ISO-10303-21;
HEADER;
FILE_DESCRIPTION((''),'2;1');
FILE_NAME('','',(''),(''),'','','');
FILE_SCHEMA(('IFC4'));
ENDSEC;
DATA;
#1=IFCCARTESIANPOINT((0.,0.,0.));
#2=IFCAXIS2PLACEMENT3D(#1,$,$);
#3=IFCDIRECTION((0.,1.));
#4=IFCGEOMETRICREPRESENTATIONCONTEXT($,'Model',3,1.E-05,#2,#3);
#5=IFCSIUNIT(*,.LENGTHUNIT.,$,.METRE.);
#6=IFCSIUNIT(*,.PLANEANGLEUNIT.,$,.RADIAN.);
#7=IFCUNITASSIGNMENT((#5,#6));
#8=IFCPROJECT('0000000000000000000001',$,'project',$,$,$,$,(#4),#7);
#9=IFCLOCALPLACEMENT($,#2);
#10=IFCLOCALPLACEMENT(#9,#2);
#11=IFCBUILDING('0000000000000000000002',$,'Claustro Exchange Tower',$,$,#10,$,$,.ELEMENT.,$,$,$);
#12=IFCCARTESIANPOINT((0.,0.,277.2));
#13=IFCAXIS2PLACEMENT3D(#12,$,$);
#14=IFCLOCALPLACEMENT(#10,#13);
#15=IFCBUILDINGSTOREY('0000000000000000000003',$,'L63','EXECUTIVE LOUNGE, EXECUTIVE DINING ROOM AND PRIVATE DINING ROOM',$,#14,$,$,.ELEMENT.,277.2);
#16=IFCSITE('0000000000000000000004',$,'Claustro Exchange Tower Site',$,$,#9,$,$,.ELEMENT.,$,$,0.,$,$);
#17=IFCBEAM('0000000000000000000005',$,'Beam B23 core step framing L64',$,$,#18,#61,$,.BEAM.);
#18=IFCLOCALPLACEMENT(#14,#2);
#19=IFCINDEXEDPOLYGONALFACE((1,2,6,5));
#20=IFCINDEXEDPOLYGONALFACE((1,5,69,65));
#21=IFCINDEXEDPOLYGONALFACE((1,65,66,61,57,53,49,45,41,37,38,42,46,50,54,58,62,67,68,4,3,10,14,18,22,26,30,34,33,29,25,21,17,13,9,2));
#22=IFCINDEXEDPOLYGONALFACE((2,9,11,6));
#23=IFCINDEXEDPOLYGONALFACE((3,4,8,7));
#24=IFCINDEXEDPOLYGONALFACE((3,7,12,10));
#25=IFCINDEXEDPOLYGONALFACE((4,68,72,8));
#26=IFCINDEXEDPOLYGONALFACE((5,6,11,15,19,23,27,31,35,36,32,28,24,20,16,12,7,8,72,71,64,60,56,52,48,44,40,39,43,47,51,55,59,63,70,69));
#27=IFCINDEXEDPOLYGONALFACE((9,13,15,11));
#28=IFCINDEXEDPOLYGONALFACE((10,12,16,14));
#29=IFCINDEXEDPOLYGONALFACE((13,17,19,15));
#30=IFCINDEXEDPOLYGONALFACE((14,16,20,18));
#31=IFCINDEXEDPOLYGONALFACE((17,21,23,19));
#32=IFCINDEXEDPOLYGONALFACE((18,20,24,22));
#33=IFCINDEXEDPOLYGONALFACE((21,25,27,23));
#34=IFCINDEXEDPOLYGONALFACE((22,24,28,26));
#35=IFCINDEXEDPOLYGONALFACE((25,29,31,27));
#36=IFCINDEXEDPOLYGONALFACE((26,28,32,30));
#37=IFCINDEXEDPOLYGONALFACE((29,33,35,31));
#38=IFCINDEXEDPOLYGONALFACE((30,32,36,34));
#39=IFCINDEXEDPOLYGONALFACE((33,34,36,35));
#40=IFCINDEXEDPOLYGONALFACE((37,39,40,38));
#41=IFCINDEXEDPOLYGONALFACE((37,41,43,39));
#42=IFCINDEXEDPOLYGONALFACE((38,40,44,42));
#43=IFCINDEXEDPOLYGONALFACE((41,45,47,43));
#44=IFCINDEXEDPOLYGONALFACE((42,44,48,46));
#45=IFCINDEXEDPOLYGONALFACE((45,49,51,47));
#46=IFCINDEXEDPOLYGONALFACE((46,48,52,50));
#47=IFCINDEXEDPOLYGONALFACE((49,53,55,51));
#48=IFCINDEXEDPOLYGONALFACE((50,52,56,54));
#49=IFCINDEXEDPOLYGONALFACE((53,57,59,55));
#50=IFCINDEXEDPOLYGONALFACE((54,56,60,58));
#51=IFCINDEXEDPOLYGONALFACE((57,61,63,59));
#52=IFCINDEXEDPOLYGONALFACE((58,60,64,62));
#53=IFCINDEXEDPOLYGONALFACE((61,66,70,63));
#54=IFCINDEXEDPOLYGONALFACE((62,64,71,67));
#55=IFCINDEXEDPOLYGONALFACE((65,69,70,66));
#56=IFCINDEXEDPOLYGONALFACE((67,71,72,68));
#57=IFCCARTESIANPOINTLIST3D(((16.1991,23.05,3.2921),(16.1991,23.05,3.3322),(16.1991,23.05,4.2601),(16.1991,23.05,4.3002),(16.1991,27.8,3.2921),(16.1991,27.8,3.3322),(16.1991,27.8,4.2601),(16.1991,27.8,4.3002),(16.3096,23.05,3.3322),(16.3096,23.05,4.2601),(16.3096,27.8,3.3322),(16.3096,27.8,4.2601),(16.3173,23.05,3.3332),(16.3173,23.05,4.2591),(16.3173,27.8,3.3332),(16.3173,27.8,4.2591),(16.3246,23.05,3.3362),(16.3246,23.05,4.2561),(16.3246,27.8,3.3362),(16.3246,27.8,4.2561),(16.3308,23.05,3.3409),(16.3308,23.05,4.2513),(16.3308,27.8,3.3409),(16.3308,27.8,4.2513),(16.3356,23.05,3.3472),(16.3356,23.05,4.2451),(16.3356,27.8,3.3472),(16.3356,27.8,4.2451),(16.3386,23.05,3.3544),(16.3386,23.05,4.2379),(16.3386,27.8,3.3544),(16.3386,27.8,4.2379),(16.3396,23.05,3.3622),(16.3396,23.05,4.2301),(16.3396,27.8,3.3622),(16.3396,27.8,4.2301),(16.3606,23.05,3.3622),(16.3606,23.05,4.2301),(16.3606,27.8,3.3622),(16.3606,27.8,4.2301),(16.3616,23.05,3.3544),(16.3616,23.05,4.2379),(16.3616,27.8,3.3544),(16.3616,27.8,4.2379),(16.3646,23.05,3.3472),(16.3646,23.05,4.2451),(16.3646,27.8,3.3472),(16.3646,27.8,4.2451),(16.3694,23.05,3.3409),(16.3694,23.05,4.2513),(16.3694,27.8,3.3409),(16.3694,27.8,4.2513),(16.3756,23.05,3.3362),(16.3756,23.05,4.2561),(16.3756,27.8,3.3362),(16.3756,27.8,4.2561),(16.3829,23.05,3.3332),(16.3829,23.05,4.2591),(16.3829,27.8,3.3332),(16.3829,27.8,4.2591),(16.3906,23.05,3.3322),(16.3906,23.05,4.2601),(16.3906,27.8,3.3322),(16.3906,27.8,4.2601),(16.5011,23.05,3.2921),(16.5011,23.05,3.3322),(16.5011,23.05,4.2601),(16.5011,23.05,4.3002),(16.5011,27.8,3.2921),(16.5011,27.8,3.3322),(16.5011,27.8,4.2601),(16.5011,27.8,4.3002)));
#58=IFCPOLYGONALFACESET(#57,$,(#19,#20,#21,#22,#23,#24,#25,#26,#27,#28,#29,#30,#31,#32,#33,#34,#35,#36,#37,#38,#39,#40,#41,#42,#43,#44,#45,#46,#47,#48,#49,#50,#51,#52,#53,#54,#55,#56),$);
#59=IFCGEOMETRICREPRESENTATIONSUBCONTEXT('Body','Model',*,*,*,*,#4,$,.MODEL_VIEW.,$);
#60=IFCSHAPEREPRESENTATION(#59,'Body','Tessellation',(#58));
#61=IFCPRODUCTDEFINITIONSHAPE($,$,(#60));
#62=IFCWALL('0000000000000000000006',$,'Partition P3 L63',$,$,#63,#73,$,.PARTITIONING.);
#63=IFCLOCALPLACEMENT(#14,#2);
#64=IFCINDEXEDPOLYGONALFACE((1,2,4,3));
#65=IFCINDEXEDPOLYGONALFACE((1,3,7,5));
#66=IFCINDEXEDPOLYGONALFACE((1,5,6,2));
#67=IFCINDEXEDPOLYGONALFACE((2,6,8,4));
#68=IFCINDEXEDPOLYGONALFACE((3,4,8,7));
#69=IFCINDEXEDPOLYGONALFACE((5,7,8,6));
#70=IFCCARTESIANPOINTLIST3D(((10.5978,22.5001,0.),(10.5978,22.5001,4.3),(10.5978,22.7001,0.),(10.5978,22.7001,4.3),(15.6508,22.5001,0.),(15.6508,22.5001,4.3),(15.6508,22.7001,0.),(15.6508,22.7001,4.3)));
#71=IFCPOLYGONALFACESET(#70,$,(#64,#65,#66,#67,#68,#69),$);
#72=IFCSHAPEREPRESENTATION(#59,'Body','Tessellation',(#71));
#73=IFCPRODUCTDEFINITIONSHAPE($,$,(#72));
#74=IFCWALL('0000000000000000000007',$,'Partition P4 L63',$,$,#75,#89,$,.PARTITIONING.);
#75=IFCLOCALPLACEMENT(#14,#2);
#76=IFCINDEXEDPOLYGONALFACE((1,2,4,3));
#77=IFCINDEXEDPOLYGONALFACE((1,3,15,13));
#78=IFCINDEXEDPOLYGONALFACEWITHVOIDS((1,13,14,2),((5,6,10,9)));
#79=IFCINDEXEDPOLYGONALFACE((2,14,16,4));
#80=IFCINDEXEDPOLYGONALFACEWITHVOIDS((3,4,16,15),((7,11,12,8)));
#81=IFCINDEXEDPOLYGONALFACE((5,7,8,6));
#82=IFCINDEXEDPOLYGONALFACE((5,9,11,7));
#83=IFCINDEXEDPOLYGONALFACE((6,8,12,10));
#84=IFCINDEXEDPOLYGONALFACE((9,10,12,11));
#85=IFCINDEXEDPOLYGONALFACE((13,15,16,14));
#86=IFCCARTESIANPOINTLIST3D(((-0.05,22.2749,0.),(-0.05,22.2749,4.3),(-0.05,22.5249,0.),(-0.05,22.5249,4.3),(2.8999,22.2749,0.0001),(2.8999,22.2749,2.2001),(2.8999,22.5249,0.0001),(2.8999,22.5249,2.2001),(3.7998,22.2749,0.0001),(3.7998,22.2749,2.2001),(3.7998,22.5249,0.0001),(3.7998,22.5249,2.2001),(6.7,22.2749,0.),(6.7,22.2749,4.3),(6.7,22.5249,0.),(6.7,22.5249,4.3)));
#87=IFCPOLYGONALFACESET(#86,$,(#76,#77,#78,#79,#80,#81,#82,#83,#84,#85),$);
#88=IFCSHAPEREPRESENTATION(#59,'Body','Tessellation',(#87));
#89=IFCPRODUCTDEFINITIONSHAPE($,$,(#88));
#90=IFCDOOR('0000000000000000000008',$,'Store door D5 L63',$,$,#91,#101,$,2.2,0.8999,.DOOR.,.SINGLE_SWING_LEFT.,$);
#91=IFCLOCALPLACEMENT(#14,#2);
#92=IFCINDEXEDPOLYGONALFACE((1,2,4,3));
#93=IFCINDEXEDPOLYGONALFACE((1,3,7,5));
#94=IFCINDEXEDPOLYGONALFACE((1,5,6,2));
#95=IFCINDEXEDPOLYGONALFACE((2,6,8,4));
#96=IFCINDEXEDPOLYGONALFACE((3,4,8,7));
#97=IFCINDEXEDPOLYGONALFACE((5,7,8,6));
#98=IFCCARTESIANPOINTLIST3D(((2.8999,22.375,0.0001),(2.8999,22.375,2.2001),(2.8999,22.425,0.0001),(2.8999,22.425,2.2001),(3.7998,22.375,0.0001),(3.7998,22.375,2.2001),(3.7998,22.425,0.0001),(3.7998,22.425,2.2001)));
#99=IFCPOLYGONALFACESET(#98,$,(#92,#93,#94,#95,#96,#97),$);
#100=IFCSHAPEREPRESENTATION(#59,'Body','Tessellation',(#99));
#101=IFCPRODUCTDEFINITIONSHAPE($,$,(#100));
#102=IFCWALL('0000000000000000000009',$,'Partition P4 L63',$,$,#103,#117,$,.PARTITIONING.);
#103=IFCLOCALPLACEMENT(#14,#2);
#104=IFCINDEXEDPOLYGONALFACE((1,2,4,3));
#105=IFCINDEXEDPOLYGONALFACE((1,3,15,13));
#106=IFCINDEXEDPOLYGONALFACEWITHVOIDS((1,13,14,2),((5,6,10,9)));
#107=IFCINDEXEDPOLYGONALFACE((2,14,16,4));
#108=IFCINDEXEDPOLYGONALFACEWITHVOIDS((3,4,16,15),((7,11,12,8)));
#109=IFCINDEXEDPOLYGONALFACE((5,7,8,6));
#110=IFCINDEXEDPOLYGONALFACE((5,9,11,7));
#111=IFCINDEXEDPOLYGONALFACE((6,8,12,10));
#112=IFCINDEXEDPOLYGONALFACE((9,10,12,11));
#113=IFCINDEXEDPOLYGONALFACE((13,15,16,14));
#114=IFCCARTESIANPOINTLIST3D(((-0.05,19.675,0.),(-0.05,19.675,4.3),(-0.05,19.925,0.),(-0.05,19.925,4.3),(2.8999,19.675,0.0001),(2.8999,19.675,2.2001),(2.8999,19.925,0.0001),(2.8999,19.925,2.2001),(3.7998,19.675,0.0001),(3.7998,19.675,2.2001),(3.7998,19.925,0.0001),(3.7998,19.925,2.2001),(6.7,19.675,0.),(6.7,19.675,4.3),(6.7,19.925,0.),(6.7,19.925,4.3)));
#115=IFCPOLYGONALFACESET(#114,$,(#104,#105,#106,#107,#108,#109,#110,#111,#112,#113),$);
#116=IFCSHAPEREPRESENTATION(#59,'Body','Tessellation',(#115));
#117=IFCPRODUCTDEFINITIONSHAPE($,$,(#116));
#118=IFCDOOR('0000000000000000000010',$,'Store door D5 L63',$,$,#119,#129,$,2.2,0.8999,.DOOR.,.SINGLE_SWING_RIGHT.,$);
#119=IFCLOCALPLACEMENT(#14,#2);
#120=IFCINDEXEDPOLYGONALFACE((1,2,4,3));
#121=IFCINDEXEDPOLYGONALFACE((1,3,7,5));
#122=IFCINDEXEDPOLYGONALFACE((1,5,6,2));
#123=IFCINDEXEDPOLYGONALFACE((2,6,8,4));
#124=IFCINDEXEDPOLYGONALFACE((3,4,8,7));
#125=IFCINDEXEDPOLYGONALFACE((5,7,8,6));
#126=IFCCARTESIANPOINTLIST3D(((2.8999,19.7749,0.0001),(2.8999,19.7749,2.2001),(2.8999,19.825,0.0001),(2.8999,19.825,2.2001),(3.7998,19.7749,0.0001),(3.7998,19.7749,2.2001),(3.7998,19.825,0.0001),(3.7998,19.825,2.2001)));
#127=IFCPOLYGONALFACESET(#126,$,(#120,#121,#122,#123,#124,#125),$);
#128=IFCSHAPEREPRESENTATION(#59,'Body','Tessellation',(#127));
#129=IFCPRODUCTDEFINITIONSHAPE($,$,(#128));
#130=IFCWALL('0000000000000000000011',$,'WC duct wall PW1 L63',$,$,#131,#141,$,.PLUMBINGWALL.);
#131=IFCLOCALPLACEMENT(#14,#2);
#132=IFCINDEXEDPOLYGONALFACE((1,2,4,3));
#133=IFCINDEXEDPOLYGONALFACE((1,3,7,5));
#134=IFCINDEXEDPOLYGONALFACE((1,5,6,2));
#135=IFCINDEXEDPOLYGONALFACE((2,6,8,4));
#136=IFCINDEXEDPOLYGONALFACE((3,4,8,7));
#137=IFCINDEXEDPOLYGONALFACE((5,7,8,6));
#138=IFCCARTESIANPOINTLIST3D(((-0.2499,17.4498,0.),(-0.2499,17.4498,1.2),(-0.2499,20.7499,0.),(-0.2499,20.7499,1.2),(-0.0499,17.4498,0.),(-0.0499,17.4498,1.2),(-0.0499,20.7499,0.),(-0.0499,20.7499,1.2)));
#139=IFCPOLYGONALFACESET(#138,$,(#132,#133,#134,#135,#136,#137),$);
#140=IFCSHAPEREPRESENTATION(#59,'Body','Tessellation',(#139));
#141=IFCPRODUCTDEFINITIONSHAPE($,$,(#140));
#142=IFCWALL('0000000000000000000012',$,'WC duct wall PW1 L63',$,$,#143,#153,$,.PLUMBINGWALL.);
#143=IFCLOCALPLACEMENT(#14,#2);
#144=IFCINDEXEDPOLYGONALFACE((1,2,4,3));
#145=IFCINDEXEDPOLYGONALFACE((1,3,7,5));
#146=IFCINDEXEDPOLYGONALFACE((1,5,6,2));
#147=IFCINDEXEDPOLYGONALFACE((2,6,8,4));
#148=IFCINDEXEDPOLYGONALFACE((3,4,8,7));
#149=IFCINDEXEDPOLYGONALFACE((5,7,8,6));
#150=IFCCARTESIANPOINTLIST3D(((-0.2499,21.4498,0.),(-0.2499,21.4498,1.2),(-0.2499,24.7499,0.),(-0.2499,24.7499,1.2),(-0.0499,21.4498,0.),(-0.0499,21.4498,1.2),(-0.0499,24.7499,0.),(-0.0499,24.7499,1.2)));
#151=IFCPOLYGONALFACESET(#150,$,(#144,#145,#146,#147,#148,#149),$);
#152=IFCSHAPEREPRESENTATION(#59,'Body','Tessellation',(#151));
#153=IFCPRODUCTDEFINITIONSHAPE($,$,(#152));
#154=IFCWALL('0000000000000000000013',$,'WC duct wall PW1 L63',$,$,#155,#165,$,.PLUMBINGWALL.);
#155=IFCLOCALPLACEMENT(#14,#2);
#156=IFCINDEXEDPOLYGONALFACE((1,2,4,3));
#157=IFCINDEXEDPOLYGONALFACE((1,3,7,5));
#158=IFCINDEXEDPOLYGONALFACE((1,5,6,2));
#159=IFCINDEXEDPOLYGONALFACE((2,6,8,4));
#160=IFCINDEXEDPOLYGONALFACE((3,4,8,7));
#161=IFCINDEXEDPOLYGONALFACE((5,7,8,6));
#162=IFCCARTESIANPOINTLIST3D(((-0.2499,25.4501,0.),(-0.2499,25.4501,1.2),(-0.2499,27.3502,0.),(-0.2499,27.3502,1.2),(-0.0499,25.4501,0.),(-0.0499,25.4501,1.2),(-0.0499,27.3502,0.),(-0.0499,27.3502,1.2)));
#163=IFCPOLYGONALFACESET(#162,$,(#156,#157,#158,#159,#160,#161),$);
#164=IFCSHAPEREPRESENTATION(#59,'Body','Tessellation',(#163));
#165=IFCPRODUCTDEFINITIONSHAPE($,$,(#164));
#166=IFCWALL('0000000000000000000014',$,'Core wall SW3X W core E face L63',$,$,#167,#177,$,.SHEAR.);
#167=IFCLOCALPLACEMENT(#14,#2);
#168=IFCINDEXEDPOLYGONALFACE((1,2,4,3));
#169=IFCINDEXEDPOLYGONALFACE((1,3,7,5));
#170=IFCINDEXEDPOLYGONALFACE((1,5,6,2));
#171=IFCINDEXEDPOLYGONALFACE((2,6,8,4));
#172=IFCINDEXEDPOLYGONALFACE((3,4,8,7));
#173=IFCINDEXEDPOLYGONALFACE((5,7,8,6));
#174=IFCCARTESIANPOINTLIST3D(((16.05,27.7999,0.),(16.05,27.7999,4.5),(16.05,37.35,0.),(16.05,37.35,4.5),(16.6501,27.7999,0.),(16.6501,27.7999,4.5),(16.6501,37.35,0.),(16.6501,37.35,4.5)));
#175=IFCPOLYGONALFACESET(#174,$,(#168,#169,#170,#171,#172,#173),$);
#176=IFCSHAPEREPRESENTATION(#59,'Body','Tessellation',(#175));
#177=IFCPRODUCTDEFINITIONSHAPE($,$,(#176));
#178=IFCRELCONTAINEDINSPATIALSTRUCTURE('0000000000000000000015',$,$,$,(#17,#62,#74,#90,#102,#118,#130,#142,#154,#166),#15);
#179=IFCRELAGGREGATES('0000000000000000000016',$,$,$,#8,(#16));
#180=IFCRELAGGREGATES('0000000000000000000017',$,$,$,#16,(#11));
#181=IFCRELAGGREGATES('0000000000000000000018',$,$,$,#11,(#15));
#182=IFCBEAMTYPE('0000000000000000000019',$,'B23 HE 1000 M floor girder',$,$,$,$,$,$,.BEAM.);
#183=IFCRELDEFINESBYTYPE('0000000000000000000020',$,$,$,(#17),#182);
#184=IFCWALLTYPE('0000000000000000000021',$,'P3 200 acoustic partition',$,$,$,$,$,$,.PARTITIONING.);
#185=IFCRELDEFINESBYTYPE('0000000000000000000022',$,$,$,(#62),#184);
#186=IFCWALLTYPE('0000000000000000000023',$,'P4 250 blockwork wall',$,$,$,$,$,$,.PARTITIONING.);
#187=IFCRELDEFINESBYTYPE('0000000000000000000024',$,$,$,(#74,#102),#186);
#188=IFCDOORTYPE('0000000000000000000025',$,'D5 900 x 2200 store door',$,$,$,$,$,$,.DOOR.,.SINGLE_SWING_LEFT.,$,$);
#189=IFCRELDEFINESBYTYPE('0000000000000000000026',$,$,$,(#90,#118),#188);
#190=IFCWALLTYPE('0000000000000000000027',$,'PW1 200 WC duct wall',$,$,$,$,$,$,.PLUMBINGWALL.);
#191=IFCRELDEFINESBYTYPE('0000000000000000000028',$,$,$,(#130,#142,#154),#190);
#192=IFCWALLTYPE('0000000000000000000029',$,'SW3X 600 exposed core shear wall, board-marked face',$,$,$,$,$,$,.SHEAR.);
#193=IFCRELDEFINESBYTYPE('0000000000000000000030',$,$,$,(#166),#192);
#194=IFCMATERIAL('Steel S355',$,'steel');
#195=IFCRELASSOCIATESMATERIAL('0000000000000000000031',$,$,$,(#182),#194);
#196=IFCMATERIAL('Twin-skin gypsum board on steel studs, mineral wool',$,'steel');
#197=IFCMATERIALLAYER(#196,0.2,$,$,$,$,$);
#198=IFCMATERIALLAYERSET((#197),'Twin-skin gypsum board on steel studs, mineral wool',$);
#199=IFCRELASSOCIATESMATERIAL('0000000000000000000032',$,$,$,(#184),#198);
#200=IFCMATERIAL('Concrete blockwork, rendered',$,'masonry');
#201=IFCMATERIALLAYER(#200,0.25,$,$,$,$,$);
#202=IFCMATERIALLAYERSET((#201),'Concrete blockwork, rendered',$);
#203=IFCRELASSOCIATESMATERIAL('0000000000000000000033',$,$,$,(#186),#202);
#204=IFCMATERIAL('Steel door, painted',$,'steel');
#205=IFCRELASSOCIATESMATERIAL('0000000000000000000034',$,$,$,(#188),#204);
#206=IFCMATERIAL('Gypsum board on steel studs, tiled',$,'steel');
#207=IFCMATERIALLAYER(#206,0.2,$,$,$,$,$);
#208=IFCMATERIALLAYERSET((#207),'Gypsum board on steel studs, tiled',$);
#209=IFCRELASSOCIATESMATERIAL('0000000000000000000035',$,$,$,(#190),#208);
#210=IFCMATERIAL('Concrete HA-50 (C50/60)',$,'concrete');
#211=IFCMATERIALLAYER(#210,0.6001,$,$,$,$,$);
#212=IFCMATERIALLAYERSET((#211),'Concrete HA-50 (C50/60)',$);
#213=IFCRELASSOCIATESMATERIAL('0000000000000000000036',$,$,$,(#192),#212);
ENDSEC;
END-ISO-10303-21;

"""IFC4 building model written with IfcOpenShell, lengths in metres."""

from ifc_helpers import new_model, si_unit, direction, frame, frame_2d, origin, origin_2d, place, context, subcontext, project, spatial, rectangle, i_section, extrude, material, layer, layer_set, material_profile, profile_set, type_object, element, fill, save


model = new_model("IFC4")

# Units and contexts
model_context = context("Model", 3, precision=1e-05, world=origin(), true_north=direction((0.0, 1.0)))
body_context = subcontext(model_context, "Body", "Model", "MODEL_VIEW")
ifc_project = project(units=[si_unit("LENGTHUNIT", "METRE"), si_unit("PLANEANGLEUNIT", "RADIAN")], contexts=[model_context])

# Site, building, storey
site_placement = place(None, origin())
site = spatial("IfcSite", under=ifc_project, at=site_placement, Name="Claustro Exchange Tower Site", CompositionType="ELEMENT", RefElevation=0.0)
building_placement = place(site_placement, origin())
building = spatial("IfcBuilding", under=site, at=building_placement, Name="Claustro Exchange Tower", CompositionType="ELEMENT")
storey_placement = place(building_placement, frame((0.0, 0.0, 277.2)))
storey = spatial("IfcBuildingStorey", under=building, at=storey_placement, Name="L63", Description="EXECUTIVE LOUNGE, EXECUTIVE DINING ROOM AND PRIVATE DINING ROOM", CompositionType="ELEMENT", Elevation=277.2)

# Beam
ifc_material_1 = material(Name="Steel S355", Category="steel")
ifc_material_profile_1 = material_profile(ifc_material_1, i_section(OverallWidth=0.302, OverallDepth=1.0081, WebThickness=0.021, FlangeThickness=0.04, FilletRadius=0.03, at=origin_2d()), Name="HE 1000 M")
ifc_profile_set_1 = profile_set([ifc_material_profile_1], Name="Steel S355")
beam_type_1 = type_object("IfcBeamType", Name="B23 HE 1000 M floor girder", PredefinedType="BEAM", material=ifc_profile_set_1)
beam_1_placement = place(storey_placement, frame((16.3501, 23.05, 3.7961), z_axis=(0.0, 1.0, 0.0), x_axis=(-1.0, 0.0, 0.0)))
element("IfcBeam", 1, at=beam_1_placement, inside=storey, type_object=beam_type_1, Name="Beam B23 core step framing L64", PredefinedType="BEAM", context=body_context, shape_type="SweptSolid", body=[
    extrude(i_section(OverallWidth=0.302, OverallDepth=1.0081, WebThickness=0.021, FlangeThickness=0.04, FilletRadius=0.03, at=origin_2d()), origin(), (0.0, 0.0, 1.0), 4.75),
])

# Wall
ifc_material_2 = material(Name="Twin-skin gypsum board on steel studs, mineral wool", Category="steel")
ifc_layer_1 = layer(ifc_material_2, 0.2)
ifc_layer_set_1 = layer_set([ifc_layer_1], Name="Twin-skin gypsum board on steel studs, mineral wool")
wall_type_1 = type_object("IfcWallType", Name="P3 200 acoustic partition", PredefinedType="PARTITIONING", material=ifc_layer_set_1)
wall_1_placement = place(storey_placement, frame((10.5979, 22.6001, 0.0), z_axis=(0.0, 0.0, 1.0), x_axis=(1.0, 0.0, 0.0)))
element("IfcWall", 2, at=wall_1_placement, inside=storey, type_object=wall_type_1, Name="Partition P3 L63", PredefinedType="PARTITIONING", context=body_context, shape_type="SweptSolid", body=[
    extrude(rectangle(XDim=5.053, YDim=0.2, at=frame_2d((2.5264, 0.0))), origin(), (0.0, 0.0, 1.0), 4.3),
])

# Walls, openings, doors
ifc_material_3 = material(Name="Concrete blockwork, rendered", Category="masonry")
ifc_layer_2 = layer(ifc_material_3, 0.25)
ifc_layer_set_2 = layer_set([ifc_layer_2], Name="Concrete blockwork, rendered")
wall_type_2 = type_object("IfcWallType", Name="P4 250 blockwork wall", PredefinedType="PARTITIONING", material=ifc_layer_set_2)
wall_2_placement = place(storey_placement, frame((-0.05, 22.3999, 0.0), z_axis=(0.0, 0.0, 1.0), x_axis=(1.0, 0.0, 0.0)))
wall_2 = element("IfcWall", 3, at=wall_2_placement, inside=storey, type_object=wall_type_2, Name="Partition P4 L63", PredefinedType="PARTITIONING", context=body_context, shape_type="SweptSolid", body=[
    extrude(rectangle(XDim=6.75, YDim=0.25, at=frame_2d((3.375, 0.0))), origin(), (0.0, 0.0, 1.0), 4.3),
])
opening_1_placement = place(wall_2_placement, frame((2.95, 0.0, 0.0)))
opening_1 = element("IfcOpeningElement", 4, at=opening_1_placement, cuts=wall_2, PredefinedType="OPENING", context=body_context, shape_type="SweptSolid", body=[
    extrude(rectangle(XDim=0.8999, YDim=2.2, at=frame_2d((0.45, 1.1001))), frame((0.0, 0.135, 0.0), z_axis=(0.0, -1.0, 0.0), x_axis=(1.0, 0.0, 0.0)), (0.0, 0.0, 1.0), 0.27),
])
ifc_material_4 = material(Name="Steel door, painted", Category="steel")
door_type = type_object("IfcDoorType", Name="D5 900 x 2200 store door", OperationType="SINGLE_SWING_LEFT", PredefinedType="DOOR", material=ifc_material_4)
door_1_placement = place(opening_1_placement, frame((0.8999, 0.0, 0.0), z_axis=(0.0, 0.0, 1.0), x_axis=(-1.0, 0.0, 0.0)))
door_1 = element("IfcDoor", 5, at=door_1_placement, inside=storey, type_object=door_type, Name="Store door D5 L63", OperationType="SINGLE_SWING_LEFT", OverallHeight=2.2, OverallWidth=0.8999, PredefinedType="DOOR", context=body_context, shape_type="SweptSolid", body=[
    extrude(rectangle(XDim=0.8999, YDim=2.2, at=frame_2d((0.45, 1.1001))), frame((0.0, 0.0249, 0.0), z_axis=(0.0, -1.0, 0.0), x_axis=(1.0, 0.0, 0.0)), (0.0, 0.0, 1.0), 0.05),
])
fill(opening_1, door_1)
wall_3_placement = place(storey_placement, frame((-0.05, 19.8, 0.0), z_axis=(0.0, 0.0, 1.0), x_axis=(1.0, 0.0, 0.0)))
wall_3 = element("IfcWall", 6, at=wall_3_placement, inside=storey, type_object=wall_type_2, Name="Partition P4 L63", PredefinedType="PARTITIONING", context=body_context, shape_type="SweptSolid", body=[
    extrude(rectangle(XDim=6.75, YDim=0.25, at=frame_2d((3.375, 0.0))), origin(), (0.0, 0.0, 1.0), 4.3),
])
opening_2_placement = place(wall_3_placement, frame((2.95, 0.0, 0.0)))
opening_2 = element("IfcOpeningElement", 7, at=opening_2_placement, cuts=wall_3, PredefinedType="OPENING", context=body_context, shape_type="SweptSolid", body=[
    extrude(rectangle(XDim=0.8999, YDim=2.2, at=frame_2d((0.45, 1.1001))), frame((0.0, 0.135, 0.0), z_axis=(0.0, -1.0, 0.0), x_axis=(1.0, 0.0, 0.0)), (0.0, 0.0, 1.0), 0.27),
])
door_2_placement = place(opening_2_placement, origin())
door_2 = element("IfcDoor", 8, at=door_2_placement, inside=storey, type_object=door_type, Name="Store door D5 L63", OperationType="SINGLE_SWING_RIGHT", OverallHeight=2.2, OverallWidth=0.8999, PredefinedType="DOOR", context=body_context, shape_type="SweptSolid", body=[
    extrude(rectangle(XDim=0.8999, YDim=2.2, at=frame_2d((0.45, 1.1001))), frame((0.0, 0.0249, 0.0), z_axis=(0.0, -1.0, 0.0), x_axis=(1.0, 0.0, 0.0)), (0.0, 0.0, 1.0), 0.05),
])
fill(opening_2, door_2)

# Walls
ifc_material_5 = material(Name="Gypsum board on steel studs, tiled", Category="steel")
ifc_layer_3 = layer(ifc_material_5, 0.2)
ifc_layer_set_3 = layer_set([ifc_layer_3], Name="Gypsum board on steel studs, tiled")
wall_type_3 = type_object("IfcWallType", Name="PW1 200 WC duct wall", PredefinedType="PLUMBINGWALL", material=ifc_layer_set_3)
for number, where, z_axis, x_axis, name in (
    (9, (-0.1499, 17.45, 0.0), (0.0, 0.0, 1.0), (0.0, 1.0, 0.0), "WC duct wall PW1 L63"),
    (10, (-0.1499, 21.45, 0.0), (0.0, 0.0, 1.0), (0.0, 1.0, 0.0), "WC duct wall PW1 L63"),
):
    element("IfcWall", number, at=place(storey_placement, frame(where, z_axis=z_axis, x_axis=x_axis)), inside=storey, type_object=wall_type_3, Name=name, PredefinedType="PLUMBINGWALL", context=body_context, shape_type="SweptSolid", body=[
        extrude(rectangle(XDim=3.3, YDim=0.2, at=frame_2d((1.6499, 0.0))), origin(), (0.0, 0.0, 1.0), 1.2),
    ])
wall_4_placement = place(storey_placement, frame((-0.1499, 25.45, 0.0), z_axis=(0.0, 0.0, 1.0), x_axis=(0.0, 1.0, 0.0)))
element("IfcWall", 11, at=wall_4_placement, inside=storey, type_object=wall_type_3, Name="WC duct wall PW1 L63", PredefinedType="PLUMBINGWALL", context=body_context, shape_type="SweptSolid", body=[
    extrude(rectangle(XDim=1.9001, YDim=0.2, at=frame_2d((0.9502, 0.0))), origin(), (0.0, 0.0, 1.0), 1.2),
])
ifc_material_6 = material(Name="Concrete HA-50 (C50/60)", Category="concrete")
ifc_layer_4 = layer(ifc_material_6, 0.6001)
ifc_layer_set_4 = layer_set([ifc_layer_4], Name="Concrete HA-50 (C50/60)")
wall_type_4 = type_object("IfcWallType", Name="SW3X 600 exposed core shear wall, board-marked face", PredefinedType="SHEAR", material=ifc_layer_set_4)
wall_5_placement = place(storey_placement, frame((16.3501, 27.8, 0.0), z_axis=(0.0, 0.0, 1.0), x_axis=(0.0, 1.0, 0.0)))
element("IfcWall", 12, at=wall_5_placement, inside=storey, type_object=wall_type_4, Name="Core wall SW3X W core E face L63", PredefinedType="SHEAR", context=body_context, shape_type="SweptSolid", body=[
    extrude(rectangle(XDim=9.55, YDim=0.6001, at=frame_2d((4.7749, 0.0))), origin(), (0.0, 0.0, 1.0), 4.5),
])

save(model, "model.ifc")
